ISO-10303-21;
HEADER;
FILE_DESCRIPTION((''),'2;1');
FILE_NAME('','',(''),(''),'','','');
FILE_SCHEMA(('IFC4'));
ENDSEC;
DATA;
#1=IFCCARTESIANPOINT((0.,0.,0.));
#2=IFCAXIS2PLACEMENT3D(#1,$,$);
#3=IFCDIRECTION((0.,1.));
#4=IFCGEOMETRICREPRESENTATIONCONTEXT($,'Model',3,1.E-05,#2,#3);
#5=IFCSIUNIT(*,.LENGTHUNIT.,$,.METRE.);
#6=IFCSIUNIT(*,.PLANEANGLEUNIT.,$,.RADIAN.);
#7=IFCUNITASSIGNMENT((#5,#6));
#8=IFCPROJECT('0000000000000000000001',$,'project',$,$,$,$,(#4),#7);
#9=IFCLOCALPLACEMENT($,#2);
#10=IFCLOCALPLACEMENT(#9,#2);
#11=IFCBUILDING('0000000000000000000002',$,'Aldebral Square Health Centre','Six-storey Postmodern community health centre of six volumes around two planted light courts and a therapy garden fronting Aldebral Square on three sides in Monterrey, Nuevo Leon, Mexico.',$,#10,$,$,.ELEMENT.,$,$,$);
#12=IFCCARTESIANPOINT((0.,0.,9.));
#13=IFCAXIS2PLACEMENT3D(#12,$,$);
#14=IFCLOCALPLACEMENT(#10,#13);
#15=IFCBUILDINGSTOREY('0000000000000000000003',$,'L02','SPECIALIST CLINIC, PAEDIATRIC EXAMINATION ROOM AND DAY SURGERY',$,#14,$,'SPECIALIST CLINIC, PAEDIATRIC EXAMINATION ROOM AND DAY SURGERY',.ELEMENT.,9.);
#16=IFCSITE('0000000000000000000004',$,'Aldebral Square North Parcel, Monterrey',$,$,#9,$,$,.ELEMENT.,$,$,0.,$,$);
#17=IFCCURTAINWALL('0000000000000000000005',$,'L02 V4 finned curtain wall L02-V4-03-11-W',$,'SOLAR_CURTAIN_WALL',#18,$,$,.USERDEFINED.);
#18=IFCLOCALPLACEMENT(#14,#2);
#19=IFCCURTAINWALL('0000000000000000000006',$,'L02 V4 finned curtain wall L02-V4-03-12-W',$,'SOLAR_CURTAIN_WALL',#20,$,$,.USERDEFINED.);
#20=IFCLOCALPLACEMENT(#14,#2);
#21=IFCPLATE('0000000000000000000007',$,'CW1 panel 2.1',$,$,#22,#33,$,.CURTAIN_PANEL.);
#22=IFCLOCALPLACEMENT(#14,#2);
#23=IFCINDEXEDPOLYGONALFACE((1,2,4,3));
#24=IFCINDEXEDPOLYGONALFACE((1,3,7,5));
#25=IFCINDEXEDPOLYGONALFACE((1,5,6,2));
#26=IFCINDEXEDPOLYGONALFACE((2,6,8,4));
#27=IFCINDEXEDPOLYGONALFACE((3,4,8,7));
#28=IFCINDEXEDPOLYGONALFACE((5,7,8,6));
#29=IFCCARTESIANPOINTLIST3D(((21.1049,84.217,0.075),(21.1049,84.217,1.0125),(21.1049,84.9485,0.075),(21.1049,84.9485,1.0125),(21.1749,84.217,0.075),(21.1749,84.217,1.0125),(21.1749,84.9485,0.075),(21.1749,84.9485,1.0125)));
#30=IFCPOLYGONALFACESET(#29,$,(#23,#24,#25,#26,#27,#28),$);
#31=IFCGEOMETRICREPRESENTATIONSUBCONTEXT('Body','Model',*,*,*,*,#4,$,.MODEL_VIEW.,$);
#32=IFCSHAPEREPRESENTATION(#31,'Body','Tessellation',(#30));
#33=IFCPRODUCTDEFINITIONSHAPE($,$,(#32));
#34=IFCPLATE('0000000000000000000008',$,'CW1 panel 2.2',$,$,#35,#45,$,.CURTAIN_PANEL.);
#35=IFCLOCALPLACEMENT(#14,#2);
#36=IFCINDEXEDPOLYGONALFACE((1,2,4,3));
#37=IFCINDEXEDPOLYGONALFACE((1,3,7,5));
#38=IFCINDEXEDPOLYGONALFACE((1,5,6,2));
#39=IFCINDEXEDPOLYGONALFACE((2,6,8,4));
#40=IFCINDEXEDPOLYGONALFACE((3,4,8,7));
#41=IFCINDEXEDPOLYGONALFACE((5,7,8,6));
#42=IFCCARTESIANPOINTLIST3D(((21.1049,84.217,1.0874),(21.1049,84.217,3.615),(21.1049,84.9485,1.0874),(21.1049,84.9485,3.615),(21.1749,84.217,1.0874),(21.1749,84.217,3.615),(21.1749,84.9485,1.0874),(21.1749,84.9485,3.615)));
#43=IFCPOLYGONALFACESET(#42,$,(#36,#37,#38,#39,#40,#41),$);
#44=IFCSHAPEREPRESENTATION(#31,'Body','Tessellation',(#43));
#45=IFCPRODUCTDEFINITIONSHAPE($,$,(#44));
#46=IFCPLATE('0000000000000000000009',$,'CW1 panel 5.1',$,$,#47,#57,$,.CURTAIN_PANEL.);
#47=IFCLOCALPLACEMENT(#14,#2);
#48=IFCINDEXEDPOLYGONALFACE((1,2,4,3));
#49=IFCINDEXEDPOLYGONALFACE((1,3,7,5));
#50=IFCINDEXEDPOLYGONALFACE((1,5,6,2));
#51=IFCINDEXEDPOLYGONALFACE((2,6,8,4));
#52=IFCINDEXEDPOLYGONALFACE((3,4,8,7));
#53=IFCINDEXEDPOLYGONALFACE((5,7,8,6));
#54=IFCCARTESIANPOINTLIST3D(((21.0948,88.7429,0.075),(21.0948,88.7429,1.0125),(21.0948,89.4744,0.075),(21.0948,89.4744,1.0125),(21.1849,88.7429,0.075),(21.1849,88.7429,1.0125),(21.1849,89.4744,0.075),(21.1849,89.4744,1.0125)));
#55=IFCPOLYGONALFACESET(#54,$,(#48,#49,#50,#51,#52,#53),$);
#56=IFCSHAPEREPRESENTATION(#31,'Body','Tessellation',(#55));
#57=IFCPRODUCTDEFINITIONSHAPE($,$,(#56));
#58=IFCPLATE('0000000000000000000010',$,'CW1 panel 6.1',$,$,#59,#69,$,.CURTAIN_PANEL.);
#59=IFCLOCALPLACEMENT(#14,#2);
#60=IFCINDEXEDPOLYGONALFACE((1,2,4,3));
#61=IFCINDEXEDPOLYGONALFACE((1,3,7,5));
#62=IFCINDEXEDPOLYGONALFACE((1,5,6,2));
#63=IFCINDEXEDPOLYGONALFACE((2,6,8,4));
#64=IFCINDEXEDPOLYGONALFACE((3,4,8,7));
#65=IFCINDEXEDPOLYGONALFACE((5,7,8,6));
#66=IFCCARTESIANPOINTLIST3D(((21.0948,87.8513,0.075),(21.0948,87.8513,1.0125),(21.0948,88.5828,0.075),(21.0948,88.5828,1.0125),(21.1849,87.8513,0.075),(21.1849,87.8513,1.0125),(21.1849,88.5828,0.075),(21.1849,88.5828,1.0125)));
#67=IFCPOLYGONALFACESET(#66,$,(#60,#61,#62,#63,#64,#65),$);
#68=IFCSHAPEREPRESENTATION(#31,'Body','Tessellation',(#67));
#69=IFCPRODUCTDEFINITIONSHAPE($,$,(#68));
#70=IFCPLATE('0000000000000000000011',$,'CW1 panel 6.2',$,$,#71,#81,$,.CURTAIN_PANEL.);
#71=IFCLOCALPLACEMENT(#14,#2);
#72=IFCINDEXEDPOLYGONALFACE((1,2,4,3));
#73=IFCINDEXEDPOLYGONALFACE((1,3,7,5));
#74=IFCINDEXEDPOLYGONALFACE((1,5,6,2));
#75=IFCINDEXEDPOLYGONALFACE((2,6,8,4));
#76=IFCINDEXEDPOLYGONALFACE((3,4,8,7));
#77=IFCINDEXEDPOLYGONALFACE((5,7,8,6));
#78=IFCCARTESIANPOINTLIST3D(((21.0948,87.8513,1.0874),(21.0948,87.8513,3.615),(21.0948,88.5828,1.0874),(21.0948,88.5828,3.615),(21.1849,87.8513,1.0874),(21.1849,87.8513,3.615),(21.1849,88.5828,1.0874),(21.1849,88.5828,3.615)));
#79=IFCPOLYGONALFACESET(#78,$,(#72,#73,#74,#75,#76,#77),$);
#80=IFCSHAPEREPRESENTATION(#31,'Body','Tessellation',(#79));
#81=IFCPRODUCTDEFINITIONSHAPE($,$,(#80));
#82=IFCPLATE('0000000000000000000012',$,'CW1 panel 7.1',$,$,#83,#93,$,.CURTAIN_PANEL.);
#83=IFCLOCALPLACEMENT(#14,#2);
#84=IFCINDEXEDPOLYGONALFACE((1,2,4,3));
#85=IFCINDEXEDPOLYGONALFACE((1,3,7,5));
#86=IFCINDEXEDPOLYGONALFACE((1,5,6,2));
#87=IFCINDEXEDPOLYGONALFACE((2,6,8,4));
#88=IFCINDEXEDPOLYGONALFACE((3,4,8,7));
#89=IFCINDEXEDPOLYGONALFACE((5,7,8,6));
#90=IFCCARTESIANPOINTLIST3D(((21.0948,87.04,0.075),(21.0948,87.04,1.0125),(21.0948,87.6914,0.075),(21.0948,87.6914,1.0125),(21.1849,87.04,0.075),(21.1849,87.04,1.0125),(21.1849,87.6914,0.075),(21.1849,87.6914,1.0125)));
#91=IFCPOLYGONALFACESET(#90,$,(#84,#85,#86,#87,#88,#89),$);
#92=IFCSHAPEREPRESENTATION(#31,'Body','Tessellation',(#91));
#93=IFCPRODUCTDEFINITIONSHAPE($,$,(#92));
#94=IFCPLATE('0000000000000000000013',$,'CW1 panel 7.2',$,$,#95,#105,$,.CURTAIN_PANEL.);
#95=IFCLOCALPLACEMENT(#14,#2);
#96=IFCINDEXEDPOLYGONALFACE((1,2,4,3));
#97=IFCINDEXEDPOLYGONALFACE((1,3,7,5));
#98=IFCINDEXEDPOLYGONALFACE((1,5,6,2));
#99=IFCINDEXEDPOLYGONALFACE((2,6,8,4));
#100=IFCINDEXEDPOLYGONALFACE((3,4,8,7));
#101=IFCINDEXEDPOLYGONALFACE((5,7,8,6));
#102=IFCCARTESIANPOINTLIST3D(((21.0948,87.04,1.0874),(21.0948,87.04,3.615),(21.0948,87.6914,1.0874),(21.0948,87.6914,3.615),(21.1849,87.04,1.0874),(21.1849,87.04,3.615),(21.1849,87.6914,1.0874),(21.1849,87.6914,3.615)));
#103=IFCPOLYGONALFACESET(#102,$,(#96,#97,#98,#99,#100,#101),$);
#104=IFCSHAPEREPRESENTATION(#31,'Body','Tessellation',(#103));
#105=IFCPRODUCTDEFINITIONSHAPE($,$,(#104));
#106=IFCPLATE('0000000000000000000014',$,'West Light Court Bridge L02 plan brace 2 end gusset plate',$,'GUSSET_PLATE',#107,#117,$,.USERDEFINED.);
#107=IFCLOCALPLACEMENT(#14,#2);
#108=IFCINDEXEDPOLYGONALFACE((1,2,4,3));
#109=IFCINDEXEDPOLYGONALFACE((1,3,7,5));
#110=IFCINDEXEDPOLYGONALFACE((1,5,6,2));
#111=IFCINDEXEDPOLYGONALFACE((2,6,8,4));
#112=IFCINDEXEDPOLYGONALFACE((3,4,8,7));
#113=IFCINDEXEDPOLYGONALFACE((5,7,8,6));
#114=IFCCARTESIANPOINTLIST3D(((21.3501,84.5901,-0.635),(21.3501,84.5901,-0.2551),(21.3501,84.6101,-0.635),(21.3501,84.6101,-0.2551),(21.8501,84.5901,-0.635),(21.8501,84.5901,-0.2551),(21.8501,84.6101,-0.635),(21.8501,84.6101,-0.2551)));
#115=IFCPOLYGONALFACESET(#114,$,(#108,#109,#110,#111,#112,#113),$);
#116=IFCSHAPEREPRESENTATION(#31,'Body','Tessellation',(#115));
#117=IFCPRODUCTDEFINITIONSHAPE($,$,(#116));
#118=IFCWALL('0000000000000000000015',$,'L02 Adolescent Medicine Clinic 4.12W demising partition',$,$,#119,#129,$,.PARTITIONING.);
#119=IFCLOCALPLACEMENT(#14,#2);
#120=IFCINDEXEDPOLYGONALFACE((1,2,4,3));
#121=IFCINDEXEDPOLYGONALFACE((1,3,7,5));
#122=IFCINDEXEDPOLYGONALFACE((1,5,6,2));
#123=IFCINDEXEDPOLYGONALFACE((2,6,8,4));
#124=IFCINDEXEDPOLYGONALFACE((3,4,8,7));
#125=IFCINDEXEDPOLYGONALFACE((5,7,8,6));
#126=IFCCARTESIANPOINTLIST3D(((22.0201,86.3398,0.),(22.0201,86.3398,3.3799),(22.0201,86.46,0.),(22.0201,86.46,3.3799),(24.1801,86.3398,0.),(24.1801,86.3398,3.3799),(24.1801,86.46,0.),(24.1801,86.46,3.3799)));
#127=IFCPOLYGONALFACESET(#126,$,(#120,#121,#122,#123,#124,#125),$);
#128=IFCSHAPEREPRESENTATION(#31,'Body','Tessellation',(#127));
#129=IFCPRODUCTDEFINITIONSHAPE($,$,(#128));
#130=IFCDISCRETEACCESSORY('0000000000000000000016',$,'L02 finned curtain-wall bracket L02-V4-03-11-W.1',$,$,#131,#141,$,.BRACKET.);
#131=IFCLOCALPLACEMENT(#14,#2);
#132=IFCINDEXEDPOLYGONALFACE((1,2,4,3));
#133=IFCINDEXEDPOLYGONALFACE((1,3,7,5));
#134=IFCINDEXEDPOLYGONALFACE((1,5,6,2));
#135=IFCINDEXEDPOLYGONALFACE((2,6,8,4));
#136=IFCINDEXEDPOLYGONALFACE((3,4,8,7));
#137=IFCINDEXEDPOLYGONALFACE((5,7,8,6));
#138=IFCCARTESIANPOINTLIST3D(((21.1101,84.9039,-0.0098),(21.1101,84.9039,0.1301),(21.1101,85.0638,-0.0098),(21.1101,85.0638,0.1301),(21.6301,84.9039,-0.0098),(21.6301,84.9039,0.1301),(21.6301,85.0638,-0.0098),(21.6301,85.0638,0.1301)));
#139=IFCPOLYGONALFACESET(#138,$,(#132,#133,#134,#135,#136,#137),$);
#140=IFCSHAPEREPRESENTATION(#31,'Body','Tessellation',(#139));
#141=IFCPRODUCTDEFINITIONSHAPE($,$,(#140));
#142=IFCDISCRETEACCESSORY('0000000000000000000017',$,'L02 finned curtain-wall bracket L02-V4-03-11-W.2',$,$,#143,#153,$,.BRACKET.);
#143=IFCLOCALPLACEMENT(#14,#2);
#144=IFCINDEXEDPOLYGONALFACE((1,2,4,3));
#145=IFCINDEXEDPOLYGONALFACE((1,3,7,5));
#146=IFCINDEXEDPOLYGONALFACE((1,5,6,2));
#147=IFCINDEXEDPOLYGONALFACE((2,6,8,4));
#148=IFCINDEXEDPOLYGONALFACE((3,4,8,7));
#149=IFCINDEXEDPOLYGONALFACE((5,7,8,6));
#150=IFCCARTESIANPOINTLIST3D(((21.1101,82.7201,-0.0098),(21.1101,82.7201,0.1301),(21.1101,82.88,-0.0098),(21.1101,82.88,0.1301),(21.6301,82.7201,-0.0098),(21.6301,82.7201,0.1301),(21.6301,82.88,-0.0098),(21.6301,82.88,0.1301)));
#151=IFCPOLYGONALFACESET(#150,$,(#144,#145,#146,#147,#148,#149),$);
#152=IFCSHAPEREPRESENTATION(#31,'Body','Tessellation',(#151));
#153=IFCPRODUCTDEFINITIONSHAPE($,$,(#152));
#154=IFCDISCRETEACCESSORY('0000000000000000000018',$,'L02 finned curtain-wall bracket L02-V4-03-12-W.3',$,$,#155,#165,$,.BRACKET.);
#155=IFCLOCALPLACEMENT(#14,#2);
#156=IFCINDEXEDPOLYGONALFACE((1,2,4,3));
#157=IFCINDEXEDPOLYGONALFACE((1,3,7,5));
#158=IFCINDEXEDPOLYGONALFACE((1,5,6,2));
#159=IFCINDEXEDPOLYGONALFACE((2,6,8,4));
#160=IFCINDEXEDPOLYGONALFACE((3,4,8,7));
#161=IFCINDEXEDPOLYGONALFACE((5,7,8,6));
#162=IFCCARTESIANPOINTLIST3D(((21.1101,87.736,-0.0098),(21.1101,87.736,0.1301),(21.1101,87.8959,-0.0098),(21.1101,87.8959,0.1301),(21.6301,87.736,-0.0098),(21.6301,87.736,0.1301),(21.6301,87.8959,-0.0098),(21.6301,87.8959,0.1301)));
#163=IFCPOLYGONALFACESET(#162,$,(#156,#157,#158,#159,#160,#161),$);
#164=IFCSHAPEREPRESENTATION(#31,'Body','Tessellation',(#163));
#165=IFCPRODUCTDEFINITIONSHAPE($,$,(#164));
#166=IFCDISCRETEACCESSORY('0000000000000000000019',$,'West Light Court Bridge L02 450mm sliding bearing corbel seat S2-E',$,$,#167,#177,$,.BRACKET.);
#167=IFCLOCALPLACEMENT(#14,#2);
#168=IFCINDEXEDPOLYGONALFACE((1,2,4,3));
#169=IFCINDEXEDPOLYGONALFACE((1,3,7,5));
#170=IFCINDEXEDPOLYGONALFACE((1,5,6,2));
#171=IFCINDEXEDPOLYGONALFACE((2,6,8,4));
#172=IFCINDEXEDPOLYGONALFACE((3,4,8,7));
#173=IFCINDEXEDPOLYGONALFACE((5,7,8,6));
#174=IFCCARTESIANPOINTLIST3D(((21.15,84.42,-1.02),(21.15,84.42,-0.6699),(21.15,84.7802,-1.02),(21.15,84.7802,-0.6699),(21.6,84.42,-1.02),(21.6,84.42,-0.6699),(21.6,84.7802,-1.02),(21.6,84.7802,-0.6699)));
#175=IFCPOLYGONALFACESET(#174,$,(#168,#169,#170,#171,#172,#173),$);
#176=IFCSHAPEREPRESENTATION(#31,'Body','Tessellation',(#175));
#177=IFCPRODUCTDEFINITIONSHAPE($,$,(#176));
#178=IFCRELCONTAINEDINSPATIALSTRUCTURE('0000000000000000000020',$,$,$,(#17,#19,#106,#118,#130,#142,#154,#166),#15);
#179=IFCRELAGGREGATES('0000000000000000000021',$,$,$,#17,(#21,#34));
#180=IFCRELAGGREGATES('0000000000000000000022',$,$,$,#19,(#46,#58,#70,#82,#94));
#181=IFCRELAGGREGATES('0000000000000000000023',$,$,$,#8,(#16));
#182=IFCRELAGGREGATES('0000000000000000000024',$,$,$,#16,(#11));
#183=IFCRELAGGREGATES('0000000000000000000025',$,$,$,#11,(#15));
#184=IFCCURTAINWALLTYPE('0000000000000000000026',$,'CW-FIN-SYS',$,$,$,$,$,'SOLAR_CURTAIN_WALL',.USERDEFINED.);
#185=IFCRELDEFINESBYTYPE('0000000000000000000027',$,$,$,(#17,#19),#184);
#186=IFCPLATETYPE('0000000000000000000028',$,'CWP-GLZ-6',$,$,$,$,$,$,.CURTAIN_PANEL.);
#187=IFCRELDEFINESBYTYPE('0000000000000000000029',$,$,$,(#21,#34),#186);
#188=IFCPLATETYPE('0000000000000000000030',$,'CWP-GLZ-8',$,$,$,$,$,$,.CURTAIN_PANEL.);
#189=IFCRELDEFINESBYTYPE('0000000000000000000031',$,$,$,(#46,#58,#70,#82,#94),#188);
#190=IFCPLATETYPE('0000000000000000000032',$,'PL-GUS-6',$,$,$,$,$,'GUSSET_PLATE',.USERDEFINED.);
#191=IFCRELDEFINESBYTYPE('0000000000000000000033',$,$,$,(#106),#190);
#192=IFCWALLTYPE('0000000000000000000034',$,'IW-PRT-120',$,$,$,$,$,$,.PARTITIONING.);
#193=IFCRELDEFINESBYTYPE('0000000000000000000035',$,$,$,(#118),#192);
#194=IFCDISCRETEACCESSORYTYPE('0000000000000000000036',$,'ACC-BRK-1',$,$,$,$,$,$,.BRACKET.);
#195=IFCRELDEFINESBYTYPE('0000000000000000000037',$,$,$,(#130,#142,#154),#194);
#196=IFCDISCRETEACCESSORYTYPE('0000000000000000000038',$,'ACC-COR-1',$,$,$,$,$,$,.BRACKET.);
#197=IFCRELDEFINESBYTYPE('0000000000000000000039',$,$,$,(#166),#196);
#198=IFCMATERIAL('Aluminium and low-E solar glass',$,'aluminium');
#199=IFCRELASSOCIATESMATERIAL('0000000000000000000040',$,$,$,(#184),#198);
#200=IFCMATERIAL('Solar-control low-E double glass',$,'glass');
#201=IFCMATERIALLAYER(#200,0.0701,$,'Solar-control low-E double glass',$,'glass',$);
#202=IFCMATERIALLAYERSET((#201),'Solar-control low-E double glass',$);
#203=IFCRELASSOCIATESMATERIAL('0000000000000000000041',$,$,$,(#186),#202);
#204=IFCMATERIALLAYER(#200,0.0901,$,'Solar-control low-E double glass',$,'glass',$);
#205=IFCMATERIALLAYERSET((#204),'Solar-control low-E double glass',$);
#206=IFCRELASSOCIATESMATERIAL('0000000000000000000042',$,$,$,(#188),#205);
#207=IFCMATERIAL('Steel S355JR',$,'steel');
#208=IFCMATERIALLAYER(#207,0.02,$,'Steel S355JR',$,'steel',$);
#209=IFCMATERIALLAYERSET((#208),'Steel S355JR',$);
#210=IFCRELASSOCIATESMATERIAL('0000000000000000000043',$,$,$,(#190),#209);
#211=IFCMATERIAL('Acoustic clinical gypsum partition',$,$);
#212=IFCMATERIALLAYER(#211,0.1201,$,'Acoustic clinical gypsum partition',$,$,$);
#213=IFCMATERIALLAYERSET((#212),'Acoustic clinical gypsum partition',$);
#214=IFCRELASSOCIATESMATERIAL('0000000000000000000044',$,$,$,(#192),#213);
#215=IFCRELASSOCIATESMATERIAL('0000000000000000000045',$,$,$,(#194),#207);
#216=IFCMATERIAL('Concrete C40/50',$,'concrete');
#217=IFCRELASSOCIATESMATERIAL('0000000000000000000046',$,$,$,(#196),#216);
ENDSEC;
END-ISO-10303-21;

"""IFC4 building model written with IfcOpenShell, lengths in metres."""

from ifc_helpers import new_model, si_unit, direction, frame, frame_2d, origin, origin_2d, place, context, subcontext, project, spatial, rectangle, extrude, material, layer, layer_set, type_object, element, aggregate, save


model = new_model("IFC4")

# Units and contexts
model_context = context("Model", 3, precision=1e-05, world=origin(), true_north=direction((0.0, 1.0)))
body_context = subcontext(model_context, "Body", "Model", "MODEL_VIEW")
ifc_project = project(units=[si_unit("LENGTHUNIT", "METRE"), si_unit("PLANEANGLEUNIT", "RADIAN")], contexts=[model_context])

# Site, building, storey
site_placement = place(None, origin())
site = spatial("IfcSite", under=ifc_project, at=site_placement, Name="Aldebral Square North Parcel, Monterrey", CompositionType="ELEMENT", RefElevation=0.0)
building_placement = place(site_placement, origin())
building = spatial("IfcBuilding", under=site, at=building_placement, Name="Aldebral Square Health Centre", Description="Six-storey Postmodern community health centre of six volumes around two planted light courts and a therapy garden fronting Aldebral Square on three sides in Monterrey, Nuevo Leon, Mexico.", CompositionType="ELEMENT")
storey_placement = place(building_placement, frame((0.0, 0.0, 9.0)))
storey = spatial("IfcBuildingStorey", under=building, at=storey_placement, Name="L02", Description="SPECIALIST CLINIC, PAEDIATRIC EXAMINATION ROOM AND DAY SURGERY", LongName="SPECIALIST CLINIC, PAEDIATRIC EXAMINATION ROOM AND DAY SURGERY", CompositionType="ELEMENT", Elevation=9.0)

# Shared definitions
ifc_material_1 = material(Name="Concrete C40/50", Category="concrete")

# Curtain walls
ifc_material_2 = material(Name="Aluminium and low-E solar glass", Category="aluminium")
curtain_wall_type = type_object("IfcCurtainWallType", Name="CW-FIN-SYS", ElementType="SOLAR_CURTAIN_WALL", PredefinedType="USERDEFINED", material=ifc_material_2)
curtain_wall_1_placement = place(storey_placement, origin())
curtain_wall_1 = element("IfcCurtainWall", 1, at=curtain_wall_1_placement, inside=storey, type_object=curtain_wall_type, Name="L02 V4 finned curtain wall L02-V4-03-11-W", ObjectType="SOLAR_CURTAIN_WALL", PredefinedType="USERDEFINED")
curtain_wall_2_placement = place(storey_placement, origin())
curtain_wall_2 = element("IfcCurtainWall", 2, at=curtain_wall_2_placement, inside=storey, type_object=curtain_wall_type, Name="L02 V4 finned curtain wall L02-V4-03-12-W", ObjectType="SOLAR_CURTAIN_WALL", PredefinedType="USERDEFINED")

# Plates
ifc_material_3 = material(Name="Solar-control low-E double glass", Category="glass")
ifc_layer_1 = layer(ifc_material_3, 0.0701, Name="Solar-control low-E double glass", Category="glass")
ifc_layer_set_1 = layer_set([ifc_layer_1], Name="Solar-control low-E double glass")
plate_type_1 = type_object("IfcPlateType", Name="CWP-GLZ-6", PredefinedType="CURTAIN_PANEL", material=ifc_layer_set_1)
plate_1_placement = place(storey_placement, frame((21.1399, 84.5828, 0.075), z_axis=(0.0, 0.0, 1.0), x_axis=(0.0, -1.0, 0.0)))
plate_1 = element("IfcPlate", 3, at=plate_1_placement, type_object=plate_type_1, Name="CW1 panel 2.1", PredefinedType="CURTAIN_PANEL", context=body_context, shape_type="SweptSolid", body=[
    extrude(rectangle(XDim=0.7314, YDim=0.0701, at=origin_2d()), origin(), (0.0, 0.0, 1.0), 0.9375),
])
plate_2_placement = place(storey_placement, frame((21.1399, 84.5828, 1.0874), z_axis=(0.0, 0.0, 1.0), x_axis=(0.0, -1.0, 0.0)))
plate_2 = element("IfcPlate", 4, at=plate_2_placement, type_object=plate_type_1, Name="CW1 panel 2.2", PredefinedType="CURTAIN_PANEL", context=body_context, shape_type="SweptSolid", body=[
    extrude(rectangle(XDim=0.7314, YDim=0.0701, at=origin_2d()), origin(), (0.0, 0.0, 1.0), 2.5276),
])
aggregate(curtain_wall_1, [plate_1, plate_2])
ifc_layer_2 = layer(ifc_material_3, 0.0901, Name="Solar-control low-E double glass", Category="glass")
ifc_layer_set_2 = layer_set([ifc_layer_2], Name="Solar-control low-E double glass")
plate_type_2 = type_object("IfcPlateType", Name="CWP-GLZ-8", PredefinedType="CURTAIN_PANEL", material=ifc_layer_set_2)
plate_3_placement = place(storey_placement, frame((21.1399, 89.1086, 0.075), z_axis=(0.0, 0.0, 1.0), x_axis=(0.0, -1.0, 0.0)))
plate_3 = element("IfcPlate", 5, at=plate_3_placement, type_object=plate_type_2, Name="CW1 panel 5.1", PredefinedType="CURTAIN_PANEL", context=body_context, shape_type="SweptSolid", body=[
    extrude(rectangle(XDim=0.7314, YDim=0.0901, at=origin_2d()), origin(), (0.0, 0.0, 1.0), 0.9375),
])
plate_4_placement = place(storey_placement, frame((21.1399, 88.217, 0.075), z_axis=(0.0, 0.0, 1.0), x_axis=(0.0, -1.0, 0.0)))
plate_4 = element("IfcPlate", 6, at=plate_4_placement, type_object=plate_type_2, Name="CW1 panel 6.1", PredefinedType="CURTAIN_PANEL", context=body_context, shape_type="SweptSolid", body=[
    extrude(rectangle(XDim=0.7314, YDim=0.0901, at=origin_2d()), origin(), (0.0, 0.0, 1.0), 0.9375),
])
plate_5_placement = place(storey_placement, frame((21.1399, 88.217, 1.0874), z_axis=(0.0, 0.0, 1.0), x_axis=(0.0, -1.0, 0.0)))
plate_5 = element("IfcPlate", 7, at=plate_5_placement, type_object=plate_type_2, Name="CW1 panel 6.2", PredefinedType="CURTAIN_PANEL", context=body_context, shape_type="SweptSolid", body=[
    extrude(rectangle(XDim=0.7314, YDim=0.0901, at=origin_2d()), origin(), (0.0, 0.0, 1.0), 2.5276),
])
plate_6_placement = place(storey_placement, frame((21.1399, 87.3657, 0.075), z_axis=(0.0, 0.0, 1.0), x_axis=(0.0, -1.0, 0.0)))
plate_6 = element("IfcPlate", 8, at=plate_6_placement, type_object=plate_type_2, Name="CW1 panel 7.1", PredefinedType="CURTAIN_PANEL", context=body_context, shape_type="SweptSolid", body=[
    extrude(rectangle(XDim=0.6514, YDim=0.0901, at=origin_2d()), origin(), (0.0, 0.0, 1.0), 0.9375),
])
plate_7_placement = place(storey_placement, frame((21.1399, 87.3657, 1.0874), z_axis=(0.0, 0.0, 1.0), x_axis=(0.0, -1.0, 0.0)))
plate_7 = element("IfcPlate", 9, at=plate_7_placement, type_object=plate_type_2, Name="CW1 panel 7.2", PredefinedType="CURTAIN_PANEL", context=body_context, shape_type="SweptSolid", body=[
    extrude(rectangle(XDim=0.6514, YDim=0.0901, at=origin_2d()), origin(), (0.0, 0.0, 1.0), 2.5276),
])
aggregate(curtain_wall_2, [plate_3, plate_4, plate_5, plate_6, plate_7])
ifc_material_4 = material(Name="Steel S355JR", Category="steel")
ifc_layer_3 = layer(ifc_material_4, 0.02, Name="Steel S355JR", Category="steel")
ifc_layer_set_3 = layer_set([ifc_layer_3], Name="Steel S355JR")
plate_type_3 = type_object("IfcPlateType", Name="PL-GUS-6", ElementType="GUSSET_PLATE", PredefinedType="USERDEFINED", material=ifc_layer_set_3)
plate_8_placement = place(storey_placement, frame((21.6001, 84.6001, -0.635), z_axis=(0.0, 0.0, 1.0), x_axis=(1.0, 0.0, 0.0)))
element("IfcPlate", 10, at=plate_8_placement, inside=storey, type_object=plate_type_3, Name="West Light Court Bridge L02 plan brace 2 end gusset plate", ObjectType="GUSSET_PLATE", PredefinedType="USERDEFINED", context=body_context, shape_type="SweptSolid", body=[
    extrude(rectangle(XDim=0.5, YDim=0.02, at=origin_2d()), origin(), (0.0, 0.0, 1.0), 0.3799),
])

# Wall
ifc_material_5 = material(Name="Acoustic clinical gypsum partition")
ifc_layer_4 = layer(ifc_material_5, 0.1201, Name="Acoustic clinical gypsum partition")
ifc_layer_set_4 = layer_set([ifc_layer_4], Name="Acoustic clinical gypsum partition")
wall_type = type_object("IfcWallType", Name="IW-PRT-120", PredefinedType="PARTITIONING", material=ifc_layer_set_4)
wall_placement = place(storey_placement, frame((22.02, 86.3999, 0.0), z_axis=(0.0, 0.0, 1.0), x_axis=(1.0, 0.0, 0.0)))
element("IfcWall", 11, at=wall_placement, inside=storey, type_object=wall_type, Name="L02 Adolescent Medicine Clinic 4.12W demising partition", PredefinedType="PARTITIONING", context=body_context, shape_type="SweptSolid", body=[
    extrude(rectangle(XDim=2.1599, YDim=0.1201, at=frame_2d((1.0801, 0.0))), origin(), (0.0, 0.0, 1.0), 3.3799),
])

# Discrete accessories
discrete_accessory_type_1 = type_object("IfcDiscreteAccessoryType", Name="ACC-BRK-1", PredefinedType="BRACKET", material=ifc_material_4)
for number, where, z_axis, x_axis, name in (
    (12, (21.3701, 84.9839, -0.0098), (0.0, 0.0, 1.0), (0.0, 1.0, 0.0), "L02 finned curtain-wall bracket L02-V4-03-11-W.1"),
    (13, (21.3701, 82.8, -0.0098), (0.0, 0.0, 1.0), (0.0, 1.0, 0.0), "L02 finned curtain-wall bracket L02-V4-03-11-W.2"),
    (14, (21.3701, 87.8159, -0.0098), (0.0, 0.0, 1.0), (0.0, 1.0, 0.0), "L02 finned curtain-wall bracket L02-V4-03-12-W.3"),
):
    element("IfcDiscreteAccessory", number, at=place(storey_placement, frame(where, z_axis=z_axis, x_axis=x_axis)), inside=storey, type_object=discrete_accessory_type_1, Name=name, PredefinedType="BRACKET", context=body_context, shape_type="SweptSolid", body=[
        extrude(rectangle(XDim=0.1599, YDim=0.52, at=origin_2d()), origin(), (0.0, 0.0, 1.0), 0.1399),
    ])
discrete_accessory_type_2 = type_object("IfcDiscreteAccessoryType", Name="ACC-COR-1", PredefinedType="BRACKET", material=ifc_material_1)
discrete_accessory_placement = place(storey_placement, frame((21.375, 84.6001, -1.02), z_axis=(0.0, 0.0, 1.0), x_axis=(1.0, 0.0, 0.0)))
element("IfcDiscreteAccessory", 15, at=discrete_accessory_placement, inside=storey, type_object=discrete_accessory_type_2, Name="West Light Court Bridge L02 450mm sliding bearing corbel seat S2-E", PredefinedType="BRACKET", context=body_context, shape_type="SweptSolid", body=[
    extrude(rectangle(XDim=0.45, YDim=0.3601, at=origin_2d()), origin(), (0.0, 0.0, 1.0), 0.3501),
])

save(model, "model.ifc")
